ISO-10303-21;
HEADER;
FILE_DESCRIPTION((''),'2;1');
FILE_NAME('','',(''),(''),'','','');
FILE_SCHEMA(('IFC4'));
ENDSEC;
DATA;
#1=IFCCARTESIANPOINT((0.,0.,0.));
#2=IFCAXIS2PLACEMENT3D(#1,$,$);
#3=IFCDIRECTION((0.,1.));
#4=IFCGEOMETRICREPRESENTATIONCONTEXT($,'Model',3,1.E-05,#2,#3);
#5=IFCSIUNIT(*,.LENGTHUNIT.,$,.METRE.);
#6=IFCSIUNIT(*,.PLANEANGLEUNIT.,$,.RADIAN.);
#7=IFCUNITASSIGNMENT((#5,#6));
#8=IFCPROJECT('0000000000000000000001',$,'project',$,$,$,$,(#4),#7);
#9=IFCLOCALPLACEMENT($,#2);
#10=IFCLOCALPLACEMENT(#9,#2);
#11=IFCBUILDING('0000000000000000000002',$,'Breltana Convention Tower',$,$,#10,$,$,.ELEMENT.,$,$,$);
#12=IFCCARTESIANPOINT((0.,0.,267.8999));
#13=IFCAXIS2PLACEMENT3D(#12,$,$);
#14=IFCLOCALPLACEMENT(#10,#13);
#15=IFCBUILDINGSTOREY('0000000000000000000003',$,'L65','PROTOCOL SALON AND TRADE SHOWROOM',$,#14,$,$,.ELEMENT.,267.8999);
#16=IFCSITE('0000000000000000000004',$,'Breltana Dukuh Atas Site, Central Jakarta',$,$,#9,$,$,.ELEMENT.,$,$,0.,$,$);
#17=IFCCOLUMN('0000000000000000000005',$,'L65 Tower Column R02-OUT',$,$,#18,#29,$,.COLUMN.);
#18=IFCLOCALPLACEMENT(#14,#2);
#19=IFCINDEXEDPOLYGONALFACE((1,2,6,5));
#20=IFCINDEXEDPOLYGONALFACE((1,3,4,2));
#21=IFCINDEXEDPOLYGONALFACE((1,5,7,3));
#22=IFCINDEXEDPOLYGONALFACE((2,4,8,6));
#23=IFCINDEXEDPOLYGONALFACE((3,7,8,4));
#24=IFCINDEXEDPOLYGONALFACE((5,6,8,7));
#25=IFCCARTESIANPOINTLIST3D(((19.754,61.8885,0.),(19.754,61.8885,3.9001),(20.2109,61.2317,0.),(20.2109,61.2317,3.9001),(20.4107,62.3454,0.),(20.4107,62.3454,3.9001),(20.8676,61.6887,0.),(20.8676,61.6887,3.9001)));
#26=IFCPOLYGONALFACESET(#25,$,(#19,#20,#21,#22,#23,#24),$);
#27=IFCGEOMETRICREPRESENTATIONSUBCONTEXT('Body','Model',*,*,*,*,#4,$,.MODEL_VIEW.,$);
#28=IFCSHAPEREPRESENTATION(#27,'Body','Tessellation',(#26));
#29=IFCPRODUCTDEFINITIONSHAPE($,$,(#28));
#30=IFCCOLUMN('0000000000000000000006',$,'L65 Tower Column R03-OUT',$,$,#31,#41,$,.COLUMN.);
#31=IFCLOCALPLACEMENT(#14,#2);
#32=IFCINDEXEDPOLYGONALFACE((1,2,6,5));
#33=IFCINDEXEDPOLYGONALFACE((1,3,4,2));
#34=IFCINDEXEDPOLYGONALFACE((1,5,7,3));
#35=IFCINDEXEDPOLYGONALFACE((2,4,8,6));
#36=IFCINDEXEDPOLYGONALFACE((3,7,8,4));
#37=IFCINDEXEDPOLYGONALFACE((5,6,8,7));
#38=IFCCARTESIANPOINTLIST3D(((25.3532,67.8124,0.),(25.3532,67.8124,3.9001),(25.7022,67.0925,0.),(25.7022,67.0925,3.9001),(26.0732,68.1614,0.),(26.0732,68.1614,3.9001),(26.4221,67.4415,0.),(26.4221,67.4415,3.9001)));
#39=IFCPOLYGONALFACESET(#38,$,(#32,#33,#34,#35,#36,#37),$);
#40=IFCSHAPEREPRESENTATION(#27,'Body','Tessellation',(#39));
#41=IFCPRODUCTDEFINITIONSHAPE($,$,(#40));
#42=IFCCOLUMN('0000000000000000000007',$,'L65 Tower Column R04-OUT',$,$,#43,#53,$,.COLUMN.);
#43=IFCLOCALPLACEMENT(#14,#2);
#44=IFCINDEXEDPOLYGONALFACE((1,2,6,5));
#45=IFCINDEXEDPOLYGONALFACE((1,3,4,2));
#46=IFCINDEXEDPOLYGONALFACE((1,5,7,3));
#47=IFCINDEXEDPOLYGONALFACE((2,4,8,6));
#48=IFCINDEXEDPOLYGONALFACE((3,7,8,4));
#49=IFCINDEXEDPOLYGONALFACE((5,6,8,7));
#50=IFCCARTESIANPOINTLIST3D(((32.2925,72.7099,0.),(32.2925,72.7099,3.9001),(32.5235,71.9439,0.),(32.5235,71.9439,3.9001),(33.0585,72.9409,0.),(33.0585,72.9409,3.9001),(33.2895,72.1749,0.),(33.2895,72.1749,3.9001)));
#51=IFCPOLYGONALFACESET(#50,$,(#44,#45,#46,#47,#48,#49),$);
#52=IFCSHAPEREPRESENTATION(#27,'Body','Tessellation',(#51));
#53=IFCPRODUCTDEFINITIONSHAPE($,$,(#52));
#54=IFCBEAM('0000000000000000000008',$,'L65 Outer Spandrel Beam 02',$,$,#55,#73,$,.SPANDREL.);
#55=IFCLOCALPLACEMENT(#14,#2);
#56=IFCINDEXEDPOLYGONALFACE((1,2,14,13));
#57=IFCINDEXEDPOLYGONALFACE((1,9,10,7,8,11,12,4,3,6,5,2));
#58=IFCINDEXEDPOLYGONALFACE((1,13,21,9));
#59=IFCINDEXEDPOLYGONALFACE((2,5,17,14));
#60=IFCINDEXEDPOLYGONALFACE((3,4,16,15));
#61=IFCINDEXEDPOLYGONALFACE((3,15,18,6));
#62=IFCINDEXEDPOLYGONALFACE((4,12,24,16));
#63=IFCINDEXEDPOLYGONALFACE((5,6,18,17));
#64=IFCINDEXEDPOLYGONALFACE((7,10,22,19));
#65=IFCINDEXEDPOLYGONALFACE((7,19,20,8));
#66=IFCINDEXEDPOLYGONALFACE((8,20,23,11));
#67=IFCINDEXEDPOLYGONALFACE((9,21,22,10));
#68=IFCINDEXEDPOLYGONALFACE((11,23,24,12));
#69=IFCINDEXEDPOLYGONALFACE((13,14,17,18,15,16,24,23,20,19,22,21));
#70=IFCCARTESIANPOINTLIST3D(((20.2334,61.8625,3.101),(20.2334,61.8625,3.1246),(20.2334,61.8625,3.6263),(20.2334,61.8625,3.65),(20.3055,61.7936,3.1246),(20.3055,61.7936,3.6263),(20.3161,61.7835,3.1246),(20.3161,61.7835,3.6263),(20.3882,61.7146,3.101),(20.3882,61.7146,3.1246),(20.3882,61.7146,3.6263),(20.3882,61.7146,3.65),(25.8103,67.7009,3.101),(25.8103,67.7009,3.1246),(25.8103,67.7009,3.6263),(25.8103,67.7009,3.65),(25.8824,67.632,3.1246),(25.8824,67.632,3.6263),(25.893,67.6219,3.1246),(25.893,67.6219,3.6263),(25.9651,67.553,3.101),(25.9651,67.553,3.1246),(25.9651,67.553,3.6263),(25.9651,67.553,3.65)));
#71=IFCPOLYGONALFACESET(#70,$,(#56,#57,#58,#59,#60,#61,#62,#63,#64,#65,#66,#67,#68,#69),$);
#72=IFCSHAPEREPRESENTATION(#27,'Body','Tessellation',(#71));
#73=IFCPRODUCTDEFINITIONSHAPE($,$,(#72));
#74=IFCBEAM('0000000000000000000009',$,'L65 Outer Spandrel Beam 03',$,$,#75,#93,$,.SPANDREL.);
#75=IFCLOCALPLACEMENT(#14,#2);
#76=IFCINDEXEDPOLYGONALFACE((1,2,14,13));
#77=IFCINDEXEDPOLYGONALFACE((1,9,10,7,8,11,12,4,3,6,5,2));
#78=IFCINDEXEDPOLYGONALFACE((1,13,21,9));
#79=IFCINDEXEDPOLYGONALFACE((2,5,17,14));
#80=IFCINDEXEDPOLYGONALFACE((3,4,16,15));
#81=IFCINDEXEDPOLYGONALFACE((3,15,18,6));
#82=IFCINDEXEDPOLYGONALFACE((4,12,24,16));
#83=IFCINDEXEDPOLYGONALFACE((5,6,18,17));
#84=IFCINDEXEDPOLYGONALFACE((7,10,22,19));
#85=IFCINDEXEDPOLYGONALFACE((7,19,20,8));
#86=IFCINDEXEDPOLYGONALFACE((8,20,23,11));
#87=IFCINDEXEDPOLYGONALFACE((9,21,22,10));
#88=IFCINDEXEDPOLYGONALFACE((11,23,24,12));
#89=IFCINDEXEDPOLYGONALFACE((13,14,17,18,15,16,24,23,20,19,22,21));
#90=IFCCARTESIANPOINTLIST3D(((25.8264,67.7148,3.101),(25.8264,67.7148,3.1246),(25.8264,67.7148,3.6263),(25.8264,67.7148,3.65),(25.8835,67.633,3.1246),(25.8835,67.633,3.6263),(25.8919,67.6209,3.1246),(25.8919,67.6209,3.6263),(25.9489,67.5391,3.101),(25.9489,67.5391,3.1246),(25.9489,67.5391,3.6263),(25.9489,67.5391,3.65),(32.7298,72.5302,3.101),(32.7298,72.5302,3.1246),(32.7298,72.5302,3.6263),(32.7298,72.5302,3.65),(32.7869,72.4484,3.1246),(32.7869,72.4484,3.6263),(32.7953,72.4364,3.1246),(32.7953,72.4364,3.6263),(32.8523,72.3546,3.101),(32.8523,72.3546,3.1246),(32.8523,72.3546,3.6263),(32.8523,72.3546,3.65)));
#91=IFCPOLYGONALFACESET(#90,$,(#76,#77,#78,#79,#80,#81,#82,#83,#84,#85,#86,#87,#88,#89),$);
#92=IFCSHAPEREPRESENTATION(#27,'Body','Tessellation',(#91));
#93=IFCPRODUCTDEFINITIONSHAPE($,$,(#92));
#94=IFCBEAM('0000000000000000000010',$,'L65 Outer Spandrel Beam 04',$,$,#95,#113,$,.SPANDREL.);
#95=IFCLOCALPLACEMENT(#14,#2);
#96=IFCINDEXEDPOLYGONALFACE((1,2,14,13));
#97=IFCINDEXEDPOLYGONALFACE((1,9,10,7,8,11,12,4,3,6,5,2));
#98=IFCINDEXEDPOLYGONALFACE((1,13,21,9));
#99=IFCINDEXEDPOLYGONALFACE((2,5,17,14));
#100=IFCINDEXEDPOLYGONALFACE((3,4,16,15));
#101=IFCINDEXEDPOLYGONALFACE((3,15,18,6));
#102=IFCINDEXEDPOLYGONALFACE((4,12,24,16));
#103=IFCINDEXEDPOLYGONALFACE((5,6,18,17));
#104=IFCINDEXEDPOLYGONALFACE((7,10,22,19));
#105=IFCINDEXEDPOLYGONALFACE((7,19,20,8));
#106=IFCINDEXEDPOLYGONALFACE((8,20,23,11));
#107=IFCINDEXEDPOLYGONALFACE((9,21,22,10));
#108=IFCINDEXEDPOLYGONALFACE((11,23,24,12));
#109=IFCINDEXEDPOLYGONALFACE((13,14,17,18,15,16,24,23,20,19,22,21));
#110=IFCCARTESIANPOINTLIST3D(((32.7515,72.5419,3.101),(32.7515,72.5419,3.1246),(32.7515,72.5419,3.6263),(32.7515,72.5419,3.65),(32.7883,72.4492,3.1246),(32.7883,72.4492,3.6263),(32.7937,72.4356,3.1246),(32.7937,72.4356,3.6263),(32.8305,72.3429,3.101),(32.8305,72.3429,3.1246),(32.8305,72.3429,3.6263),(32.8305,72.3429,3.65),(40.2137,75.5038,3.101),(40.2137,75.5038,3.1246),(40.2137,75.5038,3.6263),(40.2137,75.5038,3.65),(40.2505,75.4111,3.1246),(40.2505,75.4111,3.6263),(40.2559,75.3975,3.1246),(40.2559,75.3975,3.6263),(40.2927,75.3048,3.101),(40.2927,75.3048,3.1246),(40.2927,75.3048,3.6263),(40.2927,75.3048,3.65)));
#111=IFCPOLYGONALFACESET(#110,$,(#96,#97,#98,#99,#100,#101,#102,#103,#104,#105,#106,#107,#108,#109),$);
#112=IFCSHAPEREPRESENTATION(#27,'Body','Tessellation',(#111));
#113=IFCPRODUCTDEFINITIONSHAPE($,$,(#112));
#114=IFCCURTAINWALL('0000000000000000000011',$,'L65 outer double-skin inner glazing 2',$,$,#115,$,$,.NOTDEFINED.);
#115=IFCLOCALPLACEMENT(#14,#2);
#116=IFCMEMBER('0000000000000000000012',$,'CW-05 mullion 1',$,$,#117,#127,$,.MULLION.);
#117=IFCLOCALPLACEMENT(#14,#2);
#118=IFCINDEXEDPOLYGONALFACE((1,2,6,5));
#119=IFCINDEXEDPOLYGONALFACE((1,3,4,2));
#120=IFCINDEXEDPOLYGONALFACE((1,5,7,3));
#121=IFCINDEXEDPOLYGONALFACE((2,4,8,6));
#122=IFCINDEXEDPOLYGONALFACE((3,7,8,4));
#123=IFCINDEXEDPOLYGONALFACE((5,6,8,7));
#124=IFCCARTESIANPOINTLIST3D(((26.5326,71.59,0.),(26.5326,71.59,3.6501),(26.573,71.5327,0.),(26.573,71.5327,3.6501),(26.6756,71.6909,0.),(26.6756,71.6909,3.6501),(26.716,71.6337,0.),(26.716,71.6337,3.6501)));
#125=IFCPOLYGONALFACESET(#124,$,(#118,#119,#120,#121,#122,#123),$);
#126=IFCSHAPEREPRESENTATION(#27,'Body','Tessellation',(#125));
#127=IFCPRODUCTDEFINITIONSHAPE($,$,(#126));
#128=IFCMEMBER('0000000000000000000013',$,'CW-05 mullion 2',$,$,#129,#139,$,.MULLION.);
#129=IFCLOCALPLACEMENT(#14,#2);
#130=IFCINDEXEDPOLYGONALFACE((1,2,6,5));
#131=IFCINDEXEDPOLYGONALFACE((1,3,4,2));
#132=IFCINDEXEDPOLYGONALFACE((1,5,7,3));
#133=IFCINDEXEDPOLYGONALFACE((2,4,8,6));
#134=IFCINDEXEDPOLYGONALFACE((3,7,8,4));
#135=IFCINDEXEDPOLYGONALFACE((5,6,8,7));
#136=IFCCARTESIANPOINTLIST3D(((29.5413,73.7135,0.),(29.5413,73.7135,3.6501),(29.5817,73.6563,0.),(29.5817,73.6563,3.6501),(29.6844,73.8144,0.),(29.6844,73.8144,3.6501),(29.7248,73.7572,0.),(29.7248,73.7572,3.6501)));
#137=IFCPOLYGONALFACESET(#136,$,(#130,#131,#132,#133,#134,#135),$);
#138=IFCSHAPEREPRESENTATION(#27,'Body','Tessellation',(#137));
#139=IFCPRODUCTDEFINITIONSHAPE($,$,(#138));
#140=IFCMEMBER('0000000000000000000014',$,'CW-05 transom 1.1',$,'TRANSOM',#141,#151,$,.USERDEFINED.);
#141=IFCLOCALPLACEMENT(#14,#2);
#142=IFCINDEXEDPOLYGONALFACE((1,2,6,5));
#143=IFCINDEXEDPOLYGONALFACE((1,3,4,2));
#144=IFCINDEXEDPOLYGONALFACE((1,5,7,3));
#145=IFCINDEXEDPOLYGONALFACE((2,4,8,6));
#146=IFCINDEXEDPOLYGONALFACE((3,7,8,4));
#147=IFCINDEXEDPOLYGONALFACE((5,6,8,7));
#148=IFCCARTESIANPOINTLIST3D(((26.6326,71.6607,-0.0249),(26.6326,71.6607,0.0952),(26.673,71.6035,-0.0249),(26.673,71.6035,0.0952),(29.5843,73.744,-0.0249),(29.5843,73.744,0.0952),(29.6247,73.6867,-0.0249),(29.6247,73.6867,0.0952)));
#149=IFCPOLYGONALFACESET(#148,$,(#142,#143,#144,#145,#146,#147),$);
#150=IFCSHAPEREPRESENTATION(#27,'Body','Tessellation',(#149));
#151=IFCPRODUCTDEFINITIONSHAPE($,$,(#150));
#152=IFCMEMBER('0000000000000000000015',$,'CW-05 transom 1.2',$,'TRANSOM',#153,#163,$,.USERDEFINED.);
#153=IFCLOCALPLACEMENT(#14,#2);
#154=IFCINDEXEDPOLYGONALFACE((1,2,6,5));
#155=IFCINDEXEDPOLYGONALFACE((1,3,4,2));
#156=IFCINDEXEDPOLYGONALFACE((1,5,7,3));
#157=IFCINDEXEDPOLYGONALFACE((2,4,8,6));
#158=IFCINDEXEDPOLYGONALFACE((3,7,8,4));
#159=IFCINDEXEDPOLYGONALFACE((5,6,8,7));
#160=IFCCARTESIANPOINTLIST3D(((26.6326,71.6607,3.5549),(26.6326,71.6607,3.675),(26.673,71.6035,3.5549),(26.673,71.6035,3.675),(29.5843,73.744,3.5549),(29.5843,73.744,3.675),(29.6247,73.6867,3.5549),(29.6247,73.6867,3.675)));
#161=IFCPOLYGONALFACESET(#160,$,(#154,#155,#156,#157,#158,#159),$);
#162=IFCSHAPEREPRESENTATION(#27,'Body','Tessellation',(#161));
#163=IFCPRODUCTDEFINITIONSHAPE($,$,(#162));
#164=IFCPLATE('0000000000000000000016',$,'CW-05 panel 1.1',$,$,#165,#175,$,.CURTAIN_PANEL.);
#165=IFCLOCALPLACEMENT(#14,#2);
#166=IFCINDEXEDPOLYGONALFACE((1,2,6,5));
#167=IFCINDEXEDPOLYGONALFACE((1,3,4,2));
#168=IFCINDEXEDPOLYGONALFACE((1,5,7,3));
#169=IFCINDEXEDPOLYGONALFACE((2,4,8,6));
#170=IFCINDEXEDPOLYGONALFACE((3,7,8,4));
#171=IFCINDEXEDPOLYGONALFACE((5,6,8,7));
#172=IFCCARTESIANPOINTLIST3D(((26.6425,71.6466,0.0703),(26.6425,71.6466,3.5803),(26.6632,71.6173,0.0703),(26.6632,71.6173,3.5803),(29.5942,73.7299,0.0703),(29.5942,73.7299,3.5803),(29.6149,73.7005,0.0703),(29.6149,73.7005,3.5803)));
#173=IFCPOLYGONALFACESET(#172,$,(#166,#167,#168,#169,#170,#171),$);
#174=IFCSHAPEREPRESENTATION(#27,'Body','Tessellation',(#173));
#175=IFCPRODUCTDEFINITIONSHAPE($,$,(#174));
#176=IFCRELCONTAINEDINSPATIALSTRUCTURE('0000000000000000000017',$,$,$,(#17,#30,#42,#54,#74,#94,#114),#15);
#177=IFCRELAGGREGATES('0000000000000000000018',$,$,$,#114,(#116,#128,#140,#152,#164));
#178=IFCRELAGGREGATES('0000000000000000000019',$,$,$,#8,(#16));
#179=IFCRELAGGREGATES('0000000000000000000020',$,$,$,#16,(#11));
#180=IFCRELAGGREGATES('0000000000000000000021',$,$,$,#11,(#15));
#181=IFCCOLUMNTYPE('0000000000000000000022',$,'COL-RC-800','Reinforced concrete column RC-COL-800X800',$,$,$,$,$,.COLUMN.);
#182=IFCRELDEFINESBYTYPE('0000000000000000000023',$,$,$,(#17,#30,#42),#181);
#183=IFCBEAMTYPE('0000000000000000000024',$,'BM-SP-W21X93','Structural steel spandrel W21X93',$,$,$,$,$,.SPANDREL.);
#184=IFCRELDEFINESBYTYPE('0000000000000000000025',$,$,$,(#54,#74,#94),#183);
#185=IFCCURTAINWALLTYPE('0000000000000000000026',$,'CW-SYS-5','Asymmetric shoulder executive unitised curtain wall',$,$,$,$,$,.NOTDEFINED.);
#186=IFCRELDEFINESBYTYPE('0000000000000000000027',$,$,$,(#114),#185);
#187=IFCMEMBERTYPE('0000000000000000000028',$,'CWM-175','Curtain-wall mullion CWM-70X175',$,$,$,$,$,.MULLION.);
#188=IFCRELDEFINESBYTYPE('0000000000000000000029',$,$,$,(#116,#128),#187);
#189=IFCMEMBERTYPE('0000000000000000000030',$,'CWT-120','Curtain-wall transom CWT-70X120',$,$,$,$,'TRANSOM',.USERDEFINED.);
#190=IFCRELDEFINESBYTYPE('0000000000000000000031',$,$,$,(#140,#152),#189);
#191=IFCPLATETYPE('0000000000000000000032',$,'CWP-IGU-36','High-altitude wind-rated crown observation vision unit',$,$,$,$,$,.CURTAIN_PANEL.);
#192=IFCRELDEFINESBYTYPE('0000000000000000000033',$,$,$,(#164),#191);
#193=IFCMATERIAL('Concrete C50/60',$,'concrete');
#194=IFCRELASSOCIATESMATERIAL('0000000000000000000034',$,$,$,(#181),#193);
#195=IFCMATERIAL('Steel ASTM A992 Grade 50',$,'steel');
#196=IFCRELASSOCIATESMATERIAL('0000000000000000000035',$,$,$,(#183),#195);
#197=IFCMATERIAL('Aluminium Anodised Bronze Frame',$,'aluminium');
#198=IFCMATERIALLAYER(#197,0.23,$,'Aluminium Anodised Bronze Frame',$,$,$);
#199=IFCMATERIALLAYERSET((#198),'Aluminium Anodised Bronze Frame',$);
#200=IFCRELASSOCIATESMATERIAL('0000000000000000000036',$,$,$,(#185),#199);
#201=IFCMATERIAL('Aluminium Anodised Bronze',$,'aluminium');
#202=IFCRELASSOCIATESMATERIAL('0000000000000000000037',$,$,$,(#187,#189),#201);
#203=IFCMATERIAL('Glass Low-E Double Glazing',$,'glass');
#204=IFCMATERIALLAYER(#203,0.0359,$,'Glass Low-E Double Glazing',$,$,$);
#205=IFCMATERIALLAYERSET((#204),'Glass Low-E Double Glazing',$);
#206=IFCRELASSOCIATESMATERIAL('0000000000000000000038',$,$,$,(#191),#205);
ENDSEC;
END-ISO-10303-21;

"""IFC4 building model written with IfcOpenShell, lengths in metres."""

from ifc_helpers import new_model, si_unit, direction, frame, origin, origin_2d, place, context, subcontext, project, spatial, rectangle, i_section, extrude, source, transform, mapped, material, layer, layer_set, material_profile, profile_set, type_object, element, aggregate, save


model = new_model("IFC4")

# Units and contexts
model_context = context("Model", 3, precision=1e-05, world=origin(), true_north=direction((0.0, 1.0)))
body_context = subcontext(model_context, "Body", "Model", "MODEL_VIEW")
ifc_project = project(units=[si_unit("LENGTHUNIT", "METRE"), si_unit("PLANEANGLEUNIT", "RADIAN")], contexts=[model_context])

# Site, building, storey
site_placement = place(None, origin())
site = spatial("IfcSite", under=ifc_project, at=site_placement, Name="Breltana Dukuh Atas Site, Central Jakarta", CompositionType="ELEMENT", RefElevation=0.0)
building_placement = place(site_placement, origin())
building = spatial("IfcBuilding", under=site, at=building_placement, Name="Breltana Convention Tower", CompositionType="ELEMENT")
storey_placement = place(building_placement, frame((0.0, 0.0, 267.8999)))
storey = spatial("IfcBuildingStorey", under=building, at=storey_placement, Name="L65", Description="PROTOCOL SALON AND TRADE SHOWROOM", CompositionType="ELEMENT", Elevation=267.8999)

# Columns
ifc_material_1 = material(Name="Concrete C50/60", Category="concrete")
ifc_material_profile_1 = material_profile(ifc_material_1, rectangle(XDim=0.8, YDim=0.8, at=origin_2d()), Name="RC-COL-800X800")
ifc_profile_set_1 = profile_set([ifc_material_profile_1], Name="Concrete C50/60")
column_type = type_object("IfcColumnType", Name="COL-RC-800", Description="Reinforced concrete column RC-COL-800X800", PredefinedType="COLUMN", material=ifc_profile_set_1)
shared_shape_1 = source(origin(), body_context, "Body", "SweptSolid", [
    extrude(rectangle(XDim=0.8, YDim=0.8, at=origin_2d()), origin(), (0.0, 0.0, 1.0), 3.9001),
])
for number, where, z_axis, x_axis, name in (
    (1, (20.3108, 61.7886, 0.0), (0.0, 0.0, 1.0), (-0.571143, 0.82085, 0.0), "L65 Tower Column R02-OUT"),
    (2, (25.8877, 67.627, 0.0), (0.0, 0.0, 1.0), (-0.436174, 0.899863, 0.0), "L65 Tower Column R03-OUT"),
    (3, (32.791, 72.4424, 0.0), (0.0, 0.0, 1.0), (-0.288698, 0.95742, 0.0), "L65 Tower Column R04-OUT"),
):
    element("IfcColumn", number, at=place(storey_placement, frame(where, z_axis=z_axis, x_axis=x_axis)), inside=storey, type_object=column_type, Name=name, PredefinedType="COLUMN", context=body_context, shape_type="MappedRepresentation", body=[
        mapped(shared_shape_1, transform((0.0, 0.0, 0.0), scale=1.0)),
    ])

# Beams
ifc_material_2 = material(Name="Steel ASTM A992 Grade 50", Category="steel")
ifc_material_profile_2 = material_profile(ifc_material_2, i_section(OverallWidth=0.2141, OverallDepth=0.5491, WebThickness=0.0146, FlangeThickness=0.0237, at=origin_2d()), Name="W21X93")
ifc_profile_set_2 = profile_set([ifc_material_profile_2], Name="Steel ASTM A992 Grade 50")
beam_type = type_object("IfcBeamType", Name="BM-SP-W21X93", Description="Structural steel spandrel W21X93", PredefinedType="SPANDREL", material=ifc_profile_set_2)
shared_shape_2 = source(origin(), body_context, "Body", "SweptSolid", [
    extrude(i_section(OverallWidth=0.2141, OverallDepth=0.5491, WebThickness=0.0146, FlangeThickness=0.0237, at=origin_2d()), origin(), (0.0, 0.0, 1.0), 8.074),
])
beam_1_placement = place(storey_placement, frame((20.3108, 61.7886, 3.3755), z_axis=(0.690729, 0.723114, 0.0), x_axis=(-0.723114, 0.690729, 0.0)))
element("IfcBeam", 4, at=beam_1_placement, inside=storey, type_object=beam_type, Name="L65 Outer Spandrel Beam 02", PredefinedType="SPANDREL", context=body_context, shape_type="MappedRepresentation", body=[
    mapped(shared_shape_2, transform((0.0, 0.0, 0.0), scale=1.0)),
])
shared_shape_3 = source(origin(), body_context, "Body", "SweptSolid", [
    extrude(i_section(OverallWidth=0.2141, OverallDepth=0.5491, WebThickness=0.0146, FlangeThickness=0.0237, at=origin_2d()), origin(), (0.0, 0.0, 1.0), 8.417),
])
beam_2_placement = place(storey_placement, frame((25.8877, 67.627, 3.3755), z_axis=(0.820174, 0.572114, 0.0), x_axis=(-0.572114, 0.820174, 0.0)))
element("IfcBeam", 5, at=beam_2_placement, inside=storey, type_object=beam_type, Name="L65 Outer Spandrel Beam 03", PredefinedType="SPANDREL", context=body_context, shape_type="MappedRepresentation", body=[
    mapped(shared_shape_3, transform((0.0, 0.0, 0.0), scale=1.0)),
])
shared_shape_4 = source(origin(), body_context, "Body", "SweptSolid", [
    extrude(i_section(OverallWidth=0.2141, OverallDepth=0.5491, WebThickness=0.0146, FlangeThickness=0.0237, at=origin_2d()), origin(), (0.0, 0.0, 1.0), 8.0286),
])
beam_3_placement = place(storey_placement, frame((32.791, 72.4424, 3.3755), z_axis=(0.929459, 0.368925, 0.0), x_axis=(-0.368925, 0.929459, 0.0)))
element("IfcBeam", 6, at=beam_3_placement, inside=storey, type_object=beam_type, Name="L65 Outer Spandrel Beam 04", PredefinedType="SPANDREL", context=body_context, shape_type="MappedRepresentation", body=[
    mapped(shared_shape_4, transform((0.0, 0.0, 0.0), scale=1.0)),
])

# Curtain wall, members, plate
ifc_material_3 = material(Name="Aluminium Anodised Bronze Frame", Category="aluminium")
ifc_layer_1 = layer(ifc_material_3, 0.23, Name="Aluminium Anodised Bronze Frame")
ifc_layer_set_1 = layer_set([ifc_layer_1], Name="Aluminium Anodised Bronze Frame")
curtain_wall_type = type_object("IfcCurtainWallType", Name="CW-SYS-5", Description="Asymmetric shoulder executive unitised curtain wall", PredefinedType="NOTDEFINED", material=ifc_layer_set_1)
curtain_wall_placement = place(storey_placement, origin())
curtain_wall = element("IfcCurtainWall", 7, at=curtain_wall_placement, inside=storey, type_object=curtain_wall_type, Name="L65 outer double-skin inner glazing 2", PredefinedType="NOTDEFINED")
ifc_material_4 = material(Name="Aluminium Anodised Bronze", Category="aluminium")
ifc_material_profile_3 = material_profile(ifc_material_4, rectangle(XDim=0.0701, YDim=0.175, at=origin_2d()), Name="CWM-70X175")
ifc_profile_set_3 = profile_set([ifc_material_profile_3], Name="Aluminium Anodised Bronze")
member_type_1 = type_object("IfcMemberType", Name="CWM-175", Description="Curtain-wall mullion CWM-70X175", PredefinedType="MULLION", material=ifc_profile_set_3)
shared_shape_5 = source(origin(), body_context, "Body", "SweptSolid", [
    extrude(rectangle(XDim=0.0701, YDim=0.175, at=origin_2d()), origin(), (0.0, 0.0, 1.0), 3.6501),
])
member_1_placement = place(storey_placement, frame((26.6243, 71.6118, 0.0), z_axis=(0.0, 0.0, 1.0), x_axis=(-0.576624, 0.81701, 0.0)))
member_1 = element("IfcMember", 8, at=member_1_placement, type_object=member_type_1, Name="CW-05 mullion 1", PredefinedType="MULLION", context=body_context, shape_type="MappedRepresentation", body=[
    mapped(shared_shape_5, transform((0.0, 0.0, 0.0), scale=1.0)),
])
member_2_placement = place(storey_placement, frame((29.6331, 73.7354, 0.0), z_axis=(0.0, 0.0, 1.0), x_axis=(-0.576624, 0.81701, 0.0)))
member_2 = element("IfcMember", 9, at=member_2_placement, type_object=member_type_1, Name="CW-05 mullion 2", PredefinedType="MULLION", context=body_context, shape_type="MappedRepresentation", body=[
    mapped(shared_shape_5, transform((0.0, 0.0, 0.0), scale=1.0)),
])
ifc_material_profile_4 = material_profile(ifc_material_4, rectangle(XDim=0.0701, YDim=0.1201, at=origin_2d()), Name="CWT-70X120")
ifc_profile_set_4 = profile_set([ifc_material_profile_4], Name="Aluminium Anodised Bronze")
member_type_2 = type_object("IfcMemberType", Name="CWT-120", Description="Curtain-wall transom CWT-70X120", ElementType="TRANSOM", PredefinedType="USERDEFINED", material=ifc_profile_set_4)
shared_shape_6 = source(origin(), body_context, "Body", "SweptSolid", [
    extrude(rectangle(XDim=0.0701, YDim=0.1201, at=origin_2d()), origin(), (0.0, 0.0, 1.0), 3.6128),
])
member_3_placement = place(storey_placement, frame((26.6528, 71.6321, 0.0352), z_axis=(0.817003, 0.576633, 0.0), x_axis=(-0.576633, 0.817003, 0.0)))
member_3 = element("IfcMember", 10, at=member_3_placement, type_object=member_type_2, Name="CW-05 transom 1.1", ObjectType="TRANSOM", PredefinedType="USERDEFINED", context=body_context, shape_type="MappedRepresentation", body=[
    mapped(shared_shape_6, transform((0.0, 0.0, 0.0), scale=1.0)),
])
member_4_placement = place(storey_placement, frame((26.6528, 71.6321, 3.615), z_axis=(0.817003, 0.576633, 0.0), x_axis=(-0.576633, 0.817003, 0.0)))
member_4 = element("IfcMember", 11, at=member_4_placement, type_object=member_type_2, Name="CW-05 transom 1.2", ObjectType="TRANSOM", PredefinedType="USERDEFINED", context=body_context, shape_type="MappedRepresentation", body=[
    mapped(shared_shape_6, transform((0.0, 0.0, 0.0), scale=1.0)),
])
ifc_material_5 = material(Name="Glass Low-E Double Glazing", Category="glass")
ifc_layer_2 = layer(ifc_material_5, 0.0359, Name="Glass Low-E Double Glazing")
ifc_layer_set_2 = layer_set([ifc_layer_2], Name="Glass Low-E Double Glazing")
plate_type = type_object("IfcPlateType", Name="CWP-IGU-36", Description="High-altitude wind-rated crown observation vision unit", PredefinedType="CURTAIN_PANEL", material=ifc_layer_set_2)
shared_shape_7 = source(origin(), body_context, "Body", "SweptSolid", [
    extrude(rectangle(XDim=3.6128, YDim=0.0359, at=origin_2d()), origin(), (0.0, 0.0, 1.0), 3.51),
])
plate_placement = place(storey_placement, frame((28.1287, 72.6736, 0.0703), z_axis=(0.0, 0.0, 1.0), x_axis=(0.81701, 0.576624, 0.0)))
plate = element("IfcPlate", 12, at=plate_placement, type_object=plate_type, Name="CW-05 panel 1.1", PredefinedType="CURTAIN_PANEL", context=body_context, shape_type="MappedRepresentation", body=[
    mapped(shared_shape_7, transform((0.0, 0.0, 0.0), scale=1.0)),
])
aggregate(curtain_wall, [member_1, member_2, member_3, member_4, plate])

save(model, "model.ifc")
